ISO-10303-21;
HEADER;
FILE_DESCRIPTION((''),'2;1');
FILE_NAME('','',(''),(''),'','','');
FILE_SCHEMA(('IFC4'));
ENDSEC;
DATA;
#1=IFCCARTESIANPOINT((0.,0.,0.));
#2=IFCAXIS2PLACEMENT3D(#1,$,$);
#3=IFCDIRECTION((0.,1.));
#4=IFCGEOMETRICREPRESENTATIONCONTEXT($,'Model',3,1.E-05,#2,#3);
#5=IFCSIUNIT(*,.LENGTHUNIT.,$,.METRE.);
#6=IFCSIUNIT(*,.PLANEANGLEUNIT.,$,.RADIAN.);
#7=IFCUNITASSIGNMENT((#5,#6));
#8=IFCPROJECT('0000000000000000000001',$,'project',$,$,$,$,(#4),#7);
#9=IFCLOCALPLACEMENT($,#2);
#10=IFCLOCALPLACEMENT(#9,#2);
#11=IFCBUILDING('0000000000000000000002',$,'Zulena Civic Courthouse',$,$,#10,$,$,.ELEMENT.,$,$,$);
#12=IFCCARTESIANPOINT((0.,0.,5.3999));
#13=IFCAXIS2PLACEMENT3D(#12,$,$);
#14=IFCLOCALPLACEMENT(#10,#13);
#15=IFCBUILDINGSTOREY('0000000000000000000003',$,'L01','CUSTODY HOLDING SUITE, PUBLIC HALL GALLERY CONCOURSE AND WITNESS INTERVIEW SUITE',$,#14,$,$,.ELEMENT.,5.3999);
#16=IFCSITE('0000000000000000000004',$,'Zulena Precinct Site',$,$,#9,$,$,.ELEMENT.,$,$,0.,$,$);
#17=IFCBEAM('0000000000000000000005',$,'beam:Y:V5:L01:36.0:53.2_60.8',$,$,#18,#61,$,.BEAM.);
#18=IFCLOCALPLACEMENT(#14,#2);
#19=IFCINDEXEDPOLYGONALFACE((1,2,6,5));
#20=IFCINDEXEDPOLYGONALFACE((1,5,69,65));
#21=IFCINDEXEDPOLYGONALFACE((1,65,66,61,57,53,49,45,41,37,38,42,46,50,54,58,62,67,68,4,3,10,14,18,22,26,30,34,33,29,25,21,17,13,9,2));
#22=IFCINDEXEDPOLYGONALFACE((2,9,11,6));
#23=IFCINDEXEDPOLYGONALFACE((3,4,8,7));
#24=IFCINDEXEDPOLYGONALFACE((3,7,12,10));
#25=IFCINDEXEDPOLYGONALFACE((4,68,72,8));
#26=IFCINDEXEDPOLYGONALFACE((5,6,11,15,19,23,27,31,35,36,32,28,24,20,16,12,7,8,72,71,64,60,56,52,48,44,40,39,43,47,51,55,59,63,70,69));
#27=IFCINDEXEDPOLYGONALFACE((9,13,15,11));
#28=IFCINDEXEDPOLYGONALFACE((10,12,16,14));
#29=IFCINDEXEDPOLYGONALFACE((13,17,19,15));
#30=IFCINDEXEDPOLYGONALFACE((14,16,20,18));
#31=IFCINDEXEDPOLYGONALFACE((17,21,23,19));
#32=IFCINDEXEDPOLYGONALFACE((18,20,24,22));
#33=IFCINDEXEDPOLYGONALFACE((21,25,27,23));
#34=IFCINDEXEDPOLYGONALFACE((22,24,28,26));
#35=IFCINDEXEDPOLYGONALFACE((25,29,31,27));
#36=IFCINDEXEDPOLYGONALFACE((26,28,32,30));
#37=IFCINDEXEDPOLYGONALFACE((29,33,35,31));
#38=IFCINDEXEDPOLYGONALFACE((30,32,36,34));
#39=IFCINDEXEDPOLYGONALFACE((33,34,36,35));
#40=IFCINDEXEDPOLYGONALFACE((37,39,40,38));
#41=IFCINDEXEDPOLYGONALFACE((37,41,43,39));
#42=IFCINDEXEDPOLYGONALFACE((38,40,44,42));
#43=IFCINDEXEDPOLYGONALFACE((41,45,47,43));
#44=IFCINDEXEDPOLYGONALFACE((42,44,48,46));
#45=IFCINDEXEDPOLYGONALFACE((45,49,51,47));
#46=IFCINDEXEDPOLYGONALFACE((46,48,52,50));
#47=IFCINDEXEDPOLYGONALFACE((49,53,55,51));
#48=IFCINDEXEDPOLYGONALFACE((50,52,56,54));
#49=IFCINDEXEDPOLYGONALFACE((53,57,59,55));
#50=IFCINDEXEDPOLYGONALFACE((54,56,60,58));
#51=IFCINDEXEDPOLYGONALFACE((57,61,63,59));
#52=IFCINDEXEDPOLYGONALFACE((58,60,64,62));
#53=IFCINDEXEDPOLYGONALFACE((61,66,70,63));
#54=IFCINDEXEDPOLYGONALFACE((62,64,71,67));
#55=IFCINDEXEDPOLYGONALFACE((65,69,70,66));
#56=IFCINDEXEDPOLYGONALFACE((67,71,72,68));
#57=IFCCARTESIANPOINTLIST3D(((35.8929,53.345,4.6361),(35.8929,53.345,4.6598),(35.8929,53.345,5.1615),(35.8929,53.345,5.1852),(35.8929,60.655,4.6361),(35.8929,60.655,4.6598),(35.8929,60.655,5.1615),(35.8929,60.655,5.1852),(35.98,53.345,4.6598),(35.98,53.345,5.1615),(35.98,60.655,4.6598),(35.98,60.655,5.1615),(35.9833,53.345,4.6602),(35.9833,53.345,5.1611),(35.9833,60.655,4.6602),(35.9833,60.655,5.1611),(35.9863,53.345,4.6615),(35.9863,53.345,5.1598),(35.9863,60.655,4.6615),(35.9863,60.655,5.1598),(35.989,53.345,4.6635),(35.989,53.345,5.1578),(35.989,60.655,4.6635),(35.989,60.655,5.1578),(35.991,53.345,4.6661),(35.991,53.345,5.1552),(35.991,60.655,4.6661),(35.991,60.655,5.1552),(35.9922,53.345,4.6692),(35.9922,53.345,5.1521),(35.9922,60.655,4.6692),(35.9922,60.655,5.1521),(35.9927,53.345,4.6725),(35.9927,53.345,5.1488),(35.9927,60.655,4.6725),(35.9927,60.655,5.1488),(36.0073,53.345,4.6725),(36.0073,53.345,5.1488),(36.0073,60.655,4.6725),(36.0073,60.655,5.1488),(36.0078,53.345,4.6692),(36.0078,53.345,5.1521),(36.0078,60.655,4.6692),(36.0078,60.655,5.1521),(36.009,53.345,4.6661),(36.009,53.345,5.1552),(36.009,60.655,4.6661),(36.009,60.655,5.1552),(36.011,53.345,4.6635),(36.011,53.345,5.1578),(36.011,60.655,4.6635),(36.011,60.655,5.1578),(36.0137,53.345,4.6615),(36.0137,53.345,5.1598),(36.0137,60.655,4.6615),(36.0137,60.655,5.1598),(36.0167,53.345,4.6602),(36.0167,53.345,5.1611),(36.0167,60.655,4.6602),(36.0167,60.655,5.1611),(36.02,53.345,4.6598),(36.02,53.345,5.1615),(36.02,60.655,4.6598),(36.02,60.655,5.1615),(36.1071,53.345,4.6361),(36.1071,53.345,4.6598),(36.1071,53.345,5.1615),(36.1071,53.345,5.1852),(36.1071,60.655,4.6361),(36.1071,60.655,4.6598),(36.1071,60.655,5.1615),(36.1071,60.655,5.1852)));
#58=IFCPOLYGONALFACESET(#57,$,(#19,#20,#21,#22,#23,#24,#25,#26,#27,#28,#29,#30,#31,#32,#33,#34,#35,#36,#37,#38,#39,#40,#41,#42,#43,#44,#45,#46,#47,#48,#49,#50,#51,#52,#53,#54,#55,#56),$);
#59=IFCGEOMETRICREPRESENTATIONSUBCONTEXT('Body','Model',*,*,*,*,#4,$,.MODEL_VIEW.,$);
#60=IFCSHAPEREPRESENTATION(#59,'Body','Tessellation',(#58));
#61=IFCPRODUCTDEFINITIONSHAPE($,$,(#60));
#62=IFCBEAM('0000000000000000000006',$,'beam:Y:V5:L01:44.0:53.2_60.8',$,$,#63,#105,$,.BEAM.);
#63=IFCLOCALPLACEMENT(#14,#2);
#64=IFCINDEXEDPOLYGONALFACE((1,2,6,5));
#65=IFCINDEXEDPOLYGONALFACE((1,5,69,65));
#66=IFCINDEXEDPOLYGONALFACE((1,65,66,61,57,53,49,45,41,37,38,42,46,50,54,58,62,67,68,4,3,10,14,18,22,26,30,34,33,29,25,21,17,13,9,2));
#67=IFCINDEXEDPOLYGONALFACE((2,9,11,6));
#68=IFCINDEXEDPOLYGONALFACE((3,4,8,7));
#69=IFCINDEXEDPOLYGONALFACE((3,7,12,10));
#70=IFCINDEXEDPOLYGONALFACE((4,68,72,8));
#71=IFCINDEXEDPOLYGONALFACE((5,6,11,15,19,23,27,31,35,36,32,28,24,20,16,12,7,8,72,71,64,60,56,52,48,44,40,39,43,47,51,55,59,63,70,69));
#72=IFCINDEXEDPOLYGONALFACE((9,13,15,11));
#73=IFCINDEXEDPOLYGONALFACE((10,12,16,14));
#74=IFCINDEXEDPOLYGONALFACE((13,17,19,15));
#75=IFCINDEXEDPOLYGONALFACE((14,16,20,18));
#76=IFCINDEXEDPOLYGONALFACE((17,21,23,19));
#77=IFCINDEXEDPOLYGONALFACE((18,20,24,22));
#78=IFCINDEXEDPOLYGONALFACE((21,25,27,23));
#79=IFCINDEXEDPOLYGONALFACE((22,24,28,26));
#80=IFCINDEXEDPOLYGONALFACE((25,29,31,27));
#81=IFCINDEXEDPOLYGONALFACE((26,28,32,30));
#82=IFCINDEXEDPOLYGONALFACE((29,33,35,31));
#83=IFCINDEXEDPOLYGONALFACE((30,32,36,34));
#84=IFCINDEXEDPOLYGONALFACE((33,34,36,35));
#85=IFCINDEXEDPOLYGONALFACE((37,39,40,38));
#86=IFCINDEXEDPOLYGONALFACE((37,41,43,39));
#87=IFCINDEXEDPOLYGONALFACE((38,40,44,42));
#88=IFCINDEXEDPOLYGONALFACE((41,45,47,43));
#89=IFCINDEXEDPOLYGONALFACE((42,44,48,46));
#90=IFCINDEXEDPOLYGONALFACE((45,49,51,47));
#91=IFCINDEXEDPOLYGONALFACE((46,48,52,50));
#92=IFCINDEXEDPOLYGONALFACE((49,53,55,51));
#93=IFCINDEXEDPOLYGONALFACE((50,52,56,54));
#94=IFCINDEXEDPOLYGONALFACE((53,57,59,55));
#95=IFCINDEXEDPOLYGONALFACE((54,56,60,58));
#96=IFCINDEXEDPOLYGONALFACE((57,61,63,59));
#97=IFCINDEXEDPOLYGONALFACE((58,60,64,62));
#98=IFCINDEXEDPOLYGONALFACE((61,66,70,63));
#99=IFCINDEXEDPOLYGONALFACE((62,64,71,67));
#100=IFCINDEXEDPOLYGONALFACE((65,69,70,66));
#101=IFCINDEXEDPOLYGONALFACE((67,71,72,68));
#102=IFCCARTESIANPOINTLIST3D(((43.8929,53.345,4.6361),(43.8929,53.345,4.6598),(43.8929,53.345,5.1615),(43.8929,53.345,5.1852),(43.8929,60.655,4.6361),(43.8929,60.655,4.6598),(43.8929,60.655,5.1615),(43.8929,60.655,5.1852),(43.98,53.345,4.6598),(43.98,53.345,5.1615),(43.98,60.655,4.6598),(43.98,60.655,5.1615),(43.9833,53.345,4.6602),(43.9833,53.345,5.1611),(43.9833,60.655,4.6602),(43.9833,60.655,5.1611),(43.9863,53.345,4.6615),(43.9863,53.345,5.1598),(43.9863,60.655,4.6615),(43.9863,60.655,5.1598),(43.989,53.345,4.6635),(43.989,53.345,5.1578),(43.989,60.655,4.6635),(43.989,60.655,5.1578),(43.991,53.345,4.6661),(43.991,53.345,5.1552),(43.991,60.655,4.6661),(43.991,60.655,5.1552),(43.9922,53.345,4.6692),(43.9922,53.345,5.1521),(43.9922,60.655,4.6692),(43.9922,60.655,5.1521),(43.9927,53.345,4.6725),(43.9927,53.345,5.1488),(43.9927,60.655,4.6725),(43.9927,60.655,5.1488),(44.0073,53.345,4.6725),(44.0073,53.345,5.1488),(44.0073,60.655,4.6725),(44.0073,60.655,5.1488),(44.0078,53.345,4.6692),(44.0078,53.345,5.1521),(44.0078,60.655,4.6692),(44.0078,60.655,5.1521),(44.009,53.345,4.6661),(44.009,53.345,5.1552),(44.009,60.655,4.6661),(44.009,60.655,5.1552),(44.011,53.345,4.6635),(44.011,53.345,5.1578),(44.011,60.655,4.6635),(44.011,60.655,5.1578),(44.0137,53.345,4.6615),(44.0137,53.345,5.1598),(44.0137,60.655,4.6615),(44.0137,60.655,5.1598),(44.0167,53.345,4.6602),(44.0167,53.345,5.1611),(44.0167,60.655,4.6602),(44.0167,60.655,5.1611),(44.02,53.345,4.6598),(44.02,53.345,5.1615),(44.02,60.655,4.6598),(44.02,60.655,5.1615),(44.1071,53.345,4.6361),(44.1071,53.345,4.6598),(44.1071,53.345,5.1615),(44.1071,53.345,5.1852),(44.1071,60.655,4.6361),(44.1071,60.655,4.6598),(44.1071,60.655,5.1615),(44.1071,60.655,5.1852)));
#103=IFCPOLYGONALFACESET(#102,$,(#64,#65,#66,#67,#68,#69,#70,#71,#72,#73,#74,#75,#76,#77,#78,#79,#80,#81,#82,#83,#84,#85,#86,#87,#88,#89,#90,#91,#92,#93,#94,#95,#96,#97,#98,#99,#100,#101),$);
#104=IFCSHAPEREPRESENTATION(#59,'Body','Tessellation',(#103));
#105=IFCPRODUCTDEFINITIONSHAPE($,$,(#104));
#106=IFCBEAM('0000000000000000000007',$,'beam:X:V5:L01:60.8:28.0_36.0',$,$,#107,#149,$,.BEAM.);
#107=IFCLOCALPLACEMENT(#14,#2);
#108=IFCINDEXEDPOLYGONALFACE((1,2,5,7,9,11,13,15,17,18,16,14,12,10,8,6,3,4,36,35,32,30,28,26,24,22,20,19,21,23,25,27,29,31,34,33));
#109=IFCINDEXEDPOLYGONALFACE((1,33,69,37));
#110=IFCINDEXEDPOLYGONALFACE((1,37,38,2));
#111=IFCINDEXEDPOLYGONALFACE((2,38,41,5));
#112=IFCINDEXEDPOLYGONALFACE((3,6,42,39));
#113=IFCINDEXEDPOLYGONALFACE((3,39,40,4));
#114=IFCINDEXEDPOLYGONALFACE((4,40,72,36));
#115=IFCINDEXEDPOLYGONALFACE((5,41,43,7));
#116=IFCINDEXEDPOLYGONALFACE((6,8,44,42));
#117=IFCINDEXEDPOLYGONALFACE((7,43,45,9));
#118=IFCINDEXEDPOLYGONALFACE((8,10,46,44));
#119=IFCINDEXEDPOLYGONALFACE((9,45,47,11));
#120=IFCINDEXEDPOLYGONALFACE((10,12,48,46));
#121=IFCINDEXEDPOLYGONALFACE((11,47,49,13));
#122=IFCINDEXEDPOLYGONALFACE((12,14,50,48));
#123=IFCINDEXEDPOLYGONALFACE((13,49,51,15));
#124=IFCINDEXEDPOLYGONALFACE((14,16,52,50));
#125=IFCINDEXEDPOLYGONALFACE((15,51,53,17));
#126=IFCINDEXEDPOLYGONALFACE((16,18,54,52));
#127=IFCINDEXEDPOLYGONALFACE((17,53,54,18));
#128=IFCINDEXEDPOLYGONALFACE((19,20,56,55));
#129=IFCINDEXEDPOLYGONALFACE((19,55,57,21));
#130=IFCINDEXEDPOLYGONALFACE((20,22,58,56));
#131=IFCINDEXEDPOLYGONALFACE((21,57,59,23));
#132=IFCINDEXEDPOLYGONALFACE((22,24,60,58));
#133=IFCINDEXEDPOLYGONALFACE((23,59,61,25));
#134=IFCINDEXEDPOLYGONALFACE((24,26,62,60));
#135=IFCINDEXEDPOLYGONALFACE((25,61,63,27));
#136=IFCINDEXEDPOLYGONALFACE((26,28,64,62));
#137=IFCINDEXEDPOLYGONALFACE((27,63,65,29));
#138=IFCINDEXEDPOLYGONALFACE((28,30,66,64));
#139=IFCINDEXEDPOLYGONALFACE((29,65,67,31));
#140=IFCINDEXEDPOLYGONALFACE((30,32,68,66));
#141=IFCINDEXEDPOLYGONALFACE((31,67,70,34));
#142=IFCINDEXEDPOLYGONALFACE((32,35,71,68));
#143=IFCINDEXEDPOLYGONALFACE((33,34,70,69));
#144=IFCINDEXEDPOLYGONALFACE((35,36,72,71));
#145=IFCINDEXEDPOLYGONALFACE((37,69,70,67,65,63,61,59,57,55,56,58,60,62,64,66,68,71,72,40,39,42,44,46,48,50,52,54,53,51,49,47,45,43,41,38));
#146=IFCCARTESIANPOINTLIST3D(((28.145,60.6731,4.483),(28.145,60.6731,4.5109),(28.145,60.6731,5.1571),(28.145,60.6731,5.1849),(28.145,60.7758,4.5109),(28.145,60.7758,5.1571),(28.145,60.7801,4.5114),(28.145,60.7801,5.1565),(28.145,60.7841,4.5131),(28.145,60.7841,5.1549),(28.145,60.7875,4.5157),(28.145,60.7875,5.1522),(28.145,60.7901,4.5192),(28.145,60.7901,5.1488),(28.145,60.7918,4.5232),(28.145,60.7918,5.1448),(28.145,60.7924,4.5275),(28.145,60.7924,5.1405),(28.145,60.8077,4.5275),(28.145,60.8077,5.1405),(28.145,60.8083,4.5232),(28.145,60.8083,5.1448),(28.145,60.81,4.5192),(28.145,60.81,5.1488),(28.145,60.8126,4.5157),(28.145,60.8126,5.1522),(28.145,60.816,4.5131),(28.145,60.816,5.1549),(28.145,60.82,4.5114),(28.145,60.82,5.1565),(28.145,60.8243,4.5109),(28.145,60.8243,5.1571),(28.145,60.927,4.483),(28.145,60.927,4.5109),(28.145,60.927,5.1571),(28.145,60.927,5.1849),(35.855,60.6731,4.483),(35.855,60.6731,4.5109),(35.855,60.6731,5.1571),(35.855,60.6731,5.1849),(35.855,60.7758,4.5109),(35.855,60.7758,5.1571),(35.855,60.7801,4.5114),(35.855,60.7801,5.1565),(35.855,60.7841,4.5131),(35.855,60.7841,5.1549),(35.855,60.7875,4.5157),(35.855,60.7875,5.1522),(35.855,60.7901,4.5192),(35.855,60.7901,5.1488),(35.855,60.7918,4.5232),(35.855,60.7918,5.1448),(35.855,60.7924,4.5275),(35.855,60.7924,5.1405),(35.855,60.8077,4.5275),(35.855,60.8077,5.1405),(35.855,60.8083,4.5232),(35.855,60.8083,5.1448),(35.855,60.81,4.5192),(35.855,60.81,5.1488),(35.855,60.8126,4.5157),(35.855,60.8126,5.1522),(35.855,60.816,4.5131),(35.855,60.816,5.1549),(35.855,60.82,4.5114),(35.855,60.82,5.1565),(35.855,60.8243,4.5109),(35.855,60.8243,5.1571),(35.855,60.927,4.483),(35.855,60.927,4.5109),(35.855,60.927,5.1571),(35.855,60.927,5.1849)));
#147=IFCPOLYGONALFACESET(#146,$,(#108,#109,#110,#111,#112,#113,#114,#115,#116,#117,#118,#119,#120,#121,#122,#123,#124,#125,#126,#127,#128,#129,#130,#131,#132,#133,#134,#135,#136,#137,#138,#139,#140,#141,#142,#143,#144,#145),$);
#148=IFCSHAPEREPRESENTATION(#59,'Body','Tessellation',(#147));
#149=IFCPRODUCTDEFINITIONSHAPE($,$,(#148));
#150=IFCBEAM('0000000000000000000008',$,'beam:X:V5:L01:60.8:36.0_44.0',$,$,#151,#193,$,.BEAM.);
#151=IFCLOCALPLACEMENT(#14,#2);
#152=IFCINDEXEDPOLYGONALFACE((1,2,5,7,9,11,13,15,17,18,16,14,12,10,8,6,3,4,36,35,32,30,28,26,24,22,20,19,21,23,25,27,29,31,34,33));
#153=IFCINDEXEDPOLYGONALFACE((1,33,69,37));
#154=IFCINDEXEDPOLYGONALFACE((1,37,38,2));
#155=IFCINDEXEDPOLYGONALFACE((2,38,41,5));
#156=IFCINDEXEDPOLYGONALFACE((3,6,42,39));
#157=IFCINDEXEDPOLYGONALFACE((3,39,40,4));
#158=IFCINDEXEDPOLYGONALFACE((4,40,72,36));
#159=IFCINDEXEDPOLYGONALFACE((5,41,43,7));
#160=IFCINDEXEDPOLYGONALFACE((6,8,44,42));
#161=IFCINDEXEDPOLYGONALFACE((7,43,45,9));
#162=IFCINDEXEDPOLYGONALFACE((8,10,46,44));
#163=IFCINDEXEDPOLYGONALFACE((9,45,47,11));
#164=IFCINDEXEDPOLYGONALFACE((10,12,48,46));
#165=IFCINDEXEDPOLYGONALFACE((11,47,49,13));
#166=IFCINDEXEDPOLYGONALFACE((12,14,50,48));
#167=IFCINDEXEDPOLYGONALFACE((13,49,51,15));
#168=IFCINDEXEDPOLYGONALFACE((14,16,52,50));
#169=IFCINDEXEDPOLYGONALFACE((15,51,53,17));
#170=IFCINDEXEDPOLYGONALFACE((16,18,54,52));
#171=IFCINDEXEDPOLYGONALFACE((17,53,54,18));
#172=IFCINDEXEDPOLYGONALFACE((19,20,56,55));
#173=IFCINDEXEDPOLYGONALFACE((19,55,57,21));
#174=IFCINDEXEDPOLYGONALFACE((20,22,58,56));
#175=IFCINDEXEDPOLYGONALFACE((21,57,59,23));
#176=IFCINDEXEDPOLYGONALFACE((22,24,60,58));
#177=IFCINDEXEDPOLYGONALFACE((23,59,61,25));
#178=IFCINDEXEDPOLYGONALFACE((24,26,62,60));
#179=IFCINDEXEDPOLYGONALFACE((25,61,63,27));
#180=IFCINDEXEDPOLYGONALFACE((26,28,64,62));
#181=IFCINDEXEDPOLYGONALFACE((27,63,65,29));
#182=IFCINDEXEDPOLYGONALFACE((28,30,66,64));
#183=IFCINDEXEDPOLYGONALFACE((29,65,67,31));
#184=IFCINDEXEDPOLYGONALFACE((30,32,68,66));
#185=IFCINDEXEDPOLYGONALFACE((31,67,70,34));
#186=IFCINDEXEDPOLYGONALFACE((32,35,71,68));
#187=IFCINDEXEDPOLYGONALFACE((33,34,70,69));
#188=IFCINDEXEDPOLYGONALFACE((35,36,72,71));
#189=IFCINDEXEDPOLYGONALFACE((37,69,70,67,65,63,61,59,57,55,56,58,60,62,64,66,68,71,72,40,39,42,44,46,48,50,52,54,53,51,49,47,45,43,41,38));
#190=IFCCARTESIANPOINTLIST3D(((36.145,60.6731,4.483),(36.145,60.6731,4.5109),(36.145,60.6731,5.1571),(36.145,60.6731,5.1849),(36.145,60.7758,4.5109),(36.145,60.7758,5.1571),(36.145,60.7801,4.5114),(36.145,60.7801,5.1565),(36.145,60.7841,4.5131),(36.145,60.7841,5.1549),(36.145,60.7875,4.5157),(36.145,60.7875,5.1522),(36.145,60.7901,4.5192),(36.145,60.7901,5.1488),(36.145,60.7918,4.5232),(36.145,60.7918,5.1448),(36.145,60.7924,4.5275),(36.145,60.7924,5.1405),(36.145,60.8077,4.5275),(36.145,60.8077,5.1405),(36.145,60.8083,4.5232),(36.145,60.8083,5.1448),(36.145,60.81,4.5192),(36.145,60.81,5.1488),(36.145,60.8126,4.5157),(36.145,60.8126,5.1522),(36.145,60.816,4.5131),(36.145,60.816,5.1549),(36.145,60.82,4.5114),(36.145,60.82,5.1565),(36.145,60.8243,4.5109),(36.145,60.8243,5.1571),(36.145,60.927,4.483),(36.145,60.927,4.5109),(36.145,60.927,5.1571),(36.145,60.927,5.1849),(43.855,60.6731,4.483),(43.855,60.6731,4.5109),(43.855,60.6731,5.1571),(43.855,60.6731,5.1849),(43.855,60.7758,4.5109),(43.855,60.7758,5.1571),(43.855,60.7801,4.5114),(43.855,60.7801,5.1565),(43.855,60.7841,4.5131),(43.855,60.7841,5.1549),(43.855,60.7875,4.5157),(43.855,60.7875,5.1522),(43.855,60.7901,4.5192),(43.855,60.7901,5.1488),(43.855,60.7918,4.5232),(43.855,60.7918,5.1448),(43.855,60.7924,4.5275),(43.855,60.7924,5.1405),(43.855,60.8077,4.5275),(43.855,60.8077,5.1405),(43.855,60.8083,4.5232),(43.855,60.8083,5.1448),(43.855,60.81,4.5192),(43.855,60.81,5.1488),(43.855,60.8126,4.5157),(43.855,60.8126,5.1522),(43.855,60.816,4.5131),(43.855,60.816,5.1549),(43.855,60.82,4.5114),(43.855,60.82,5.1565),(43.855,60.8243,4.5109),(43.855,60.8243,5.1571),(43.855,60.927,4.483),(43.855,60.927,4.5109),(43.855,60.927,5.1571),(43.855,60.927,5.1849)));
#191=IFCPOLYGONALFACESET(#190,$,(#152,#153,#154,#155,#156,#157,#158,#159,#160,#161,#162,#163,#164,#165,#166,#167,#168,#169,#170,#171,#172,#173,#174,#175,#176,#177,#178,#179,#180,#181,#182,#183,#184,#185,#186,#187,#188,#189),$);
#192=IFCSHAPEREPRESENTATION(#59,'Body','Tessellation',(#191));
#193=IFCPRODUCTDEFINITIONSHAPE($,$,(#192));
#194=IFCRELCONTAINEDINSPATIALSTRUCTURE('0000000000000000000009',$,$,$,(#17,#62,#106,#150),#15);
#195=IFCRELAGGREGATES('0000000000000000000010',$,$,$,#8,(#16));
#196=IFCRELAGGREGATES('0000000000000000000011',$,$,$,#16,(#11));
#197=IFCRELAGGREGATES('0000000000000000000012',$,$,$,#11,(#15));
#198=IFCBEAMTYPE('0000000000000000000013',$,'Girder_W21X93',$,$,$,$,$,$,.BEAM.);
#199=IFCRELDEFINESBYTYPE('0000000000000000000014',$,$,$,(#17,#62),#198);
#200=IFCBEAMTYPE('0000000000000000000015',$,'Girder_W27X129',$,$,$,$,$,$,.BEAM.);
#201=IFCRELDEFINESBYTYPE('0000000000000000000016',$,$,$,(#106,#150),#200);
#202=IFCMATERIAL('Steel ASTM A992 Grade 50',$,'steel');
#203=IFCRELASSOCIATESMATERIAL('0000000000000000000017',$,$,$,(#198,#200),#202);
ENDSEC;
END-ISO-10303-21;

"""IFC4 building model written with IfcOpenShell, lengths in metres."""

from ifc_helpers import new_model, si_unit, direction, frame, origin, origin_2d, place, context, subcontext, project, spatial, i_section, extrude, material, material_profile, profile_set, type_object, element, save


model = new_model("IFC4")

# Units and contexts
model_context = context("Model", 3, precision=1e-05, world=origin(), true_north=direction((0.0, 1.0)))
body_context = subcontext(model_context, "Body", "Model", "MODEL_VIEW")
ifc_project = project(units=[si_unit("LENGTHUNIT", "METRE"), si_unit("PLANEANGLEUNIT", "RADIAN")], contexts=[model_context])

# Site, building, storey
site_placement = place(None, origin())
site = spatial("IfcSite", under=ifc_project, at=site_placement, Name="Zulena Precinct Site", CompositionType="ELEMENT", RefElevation=0.0)
building_placement = place(site_placement, origin())
building = spatial("IfcBuilding", under=site, at=building_placement, Name="Zulena Civic Courthouse", CompositionType="ELEMENT")
storey_placement = place(building_placement, frame((0.0, 0.0, 5.3999)))
storey = spatial("IfcBuildingStorey", under=building, at=storey_placement, Name="L01", Description="CUSTODY HOLDING SUITE, PUBLIC HALL GALLERY CONCOURSE AND WITNESS INTERVIEW SUITE", CompositionType="ELEMENT", Elevation=5.3999)

# Shared definitions
ifc_material_1 = material(Name="Steel ASTM A992 Grade 50", Category="steel")

# Beams
ifc_material_profile_1 = material_profile(ifc_material_1, i_section(OverallWidth=0.2141, OverallDepth=0.5491, WebThickness=0.0146, FlangeThickness=0.0237, FilletRadius=0.0127, at=origin_2d()), Name="W21X93")
ifc_profile_set_1 = profile_set([ifc_material_profile_1], Name="Steel ASTM A992 Grade 50")
beam_type_1 = type_object("IfcBeamType", Name="Girder_W21X93", PredefinedType="BEAM", material=ifc_profile_set_1)
for number, where, z_axis, x_axis, name in (
    (1, (36.0, 53.345, 4.9106), (0.0, 1.0, 0.0), (-1.0, 0.0, 0.0), "beam:Y:V5:L01:36.0:53.2_60.8"),
    (2, (44.0, 53.345, 4.9106), (0.0, 1.0, 0.0), (-1.0, 0.0, 0.0), "beam:Y:V5:L01:44.0:53.2_60.8"),
):
    element("IfcBeam", number, at=place(storey_placement, frame(where, z_axis=z_axis, x_axis=x_axis)), inside=storey, type_object=beam_type_1, Name=name, PredefinedType="BEAM", context=body_context, shape_type="SweptSolid", body=[
        extrude(i_section(OverallWidth=0.2141, OverallDepth=0.5491, WebThickness=0.0146, FlangeThickness=0.0237, FilletRadius=0.0127, at=origin_2d()), origin(), (0.0, 0.0, 1.0), 7.3101),
    ])
ifc_material_profile_2 = material_profile(ifc_material_1, i_section(OverallWidth=0.2539, OverallDepth=0.7019, WebThickness=0.0154, FlangeThickness=0.0278, FilletRadius=0.0166, at=origin_2d()), Name="W27X129")
ifc_profile_set_2 = profile_set([ifc_material_profile_2], Name="Steel ASTM A992 Grade 50")
beam_type_2 = type_object("IfcBeamType", Name="Girder_W27X129", PredefinedType="BEAM", material=ifc_profile_set_2)
for number, where, z_axis, x_axis, name in (
    (3, (28.145, 60.8, 4.834), (1.0, 0.0, 0.0), (0.0, 1.0, 0.0), "beam:X:V5:L01:60.8:28.0_36.0"),
    (4, (36.145, 60.8, 4.834), (1.0, 0.0, 0.0), (0.0, 1.0, 0.0), "beam:X:V5:L01:60.8:36.0_44.0"),
):
    element("IfcBeam", number, at=place(storey_placement, frame(where, z_axis=z_axis, x_axis=x_axis)), inside=storey, type_object=beam_type_2, Name=name, PredefinedType="BEAM", context=body_context, shape_type="SweptSolid", body=[
        extrude(i_section(OverallWidth=0.2539, OverallDepth=0.7019, WebThickness=0.0154, FlangeThickness=0.0278, FilletRadius=0.0166, at=origin_2d()), origin(), (0.0, 0.0, 1.0), 7.71),
    ])

save(model, "model.ifc")
